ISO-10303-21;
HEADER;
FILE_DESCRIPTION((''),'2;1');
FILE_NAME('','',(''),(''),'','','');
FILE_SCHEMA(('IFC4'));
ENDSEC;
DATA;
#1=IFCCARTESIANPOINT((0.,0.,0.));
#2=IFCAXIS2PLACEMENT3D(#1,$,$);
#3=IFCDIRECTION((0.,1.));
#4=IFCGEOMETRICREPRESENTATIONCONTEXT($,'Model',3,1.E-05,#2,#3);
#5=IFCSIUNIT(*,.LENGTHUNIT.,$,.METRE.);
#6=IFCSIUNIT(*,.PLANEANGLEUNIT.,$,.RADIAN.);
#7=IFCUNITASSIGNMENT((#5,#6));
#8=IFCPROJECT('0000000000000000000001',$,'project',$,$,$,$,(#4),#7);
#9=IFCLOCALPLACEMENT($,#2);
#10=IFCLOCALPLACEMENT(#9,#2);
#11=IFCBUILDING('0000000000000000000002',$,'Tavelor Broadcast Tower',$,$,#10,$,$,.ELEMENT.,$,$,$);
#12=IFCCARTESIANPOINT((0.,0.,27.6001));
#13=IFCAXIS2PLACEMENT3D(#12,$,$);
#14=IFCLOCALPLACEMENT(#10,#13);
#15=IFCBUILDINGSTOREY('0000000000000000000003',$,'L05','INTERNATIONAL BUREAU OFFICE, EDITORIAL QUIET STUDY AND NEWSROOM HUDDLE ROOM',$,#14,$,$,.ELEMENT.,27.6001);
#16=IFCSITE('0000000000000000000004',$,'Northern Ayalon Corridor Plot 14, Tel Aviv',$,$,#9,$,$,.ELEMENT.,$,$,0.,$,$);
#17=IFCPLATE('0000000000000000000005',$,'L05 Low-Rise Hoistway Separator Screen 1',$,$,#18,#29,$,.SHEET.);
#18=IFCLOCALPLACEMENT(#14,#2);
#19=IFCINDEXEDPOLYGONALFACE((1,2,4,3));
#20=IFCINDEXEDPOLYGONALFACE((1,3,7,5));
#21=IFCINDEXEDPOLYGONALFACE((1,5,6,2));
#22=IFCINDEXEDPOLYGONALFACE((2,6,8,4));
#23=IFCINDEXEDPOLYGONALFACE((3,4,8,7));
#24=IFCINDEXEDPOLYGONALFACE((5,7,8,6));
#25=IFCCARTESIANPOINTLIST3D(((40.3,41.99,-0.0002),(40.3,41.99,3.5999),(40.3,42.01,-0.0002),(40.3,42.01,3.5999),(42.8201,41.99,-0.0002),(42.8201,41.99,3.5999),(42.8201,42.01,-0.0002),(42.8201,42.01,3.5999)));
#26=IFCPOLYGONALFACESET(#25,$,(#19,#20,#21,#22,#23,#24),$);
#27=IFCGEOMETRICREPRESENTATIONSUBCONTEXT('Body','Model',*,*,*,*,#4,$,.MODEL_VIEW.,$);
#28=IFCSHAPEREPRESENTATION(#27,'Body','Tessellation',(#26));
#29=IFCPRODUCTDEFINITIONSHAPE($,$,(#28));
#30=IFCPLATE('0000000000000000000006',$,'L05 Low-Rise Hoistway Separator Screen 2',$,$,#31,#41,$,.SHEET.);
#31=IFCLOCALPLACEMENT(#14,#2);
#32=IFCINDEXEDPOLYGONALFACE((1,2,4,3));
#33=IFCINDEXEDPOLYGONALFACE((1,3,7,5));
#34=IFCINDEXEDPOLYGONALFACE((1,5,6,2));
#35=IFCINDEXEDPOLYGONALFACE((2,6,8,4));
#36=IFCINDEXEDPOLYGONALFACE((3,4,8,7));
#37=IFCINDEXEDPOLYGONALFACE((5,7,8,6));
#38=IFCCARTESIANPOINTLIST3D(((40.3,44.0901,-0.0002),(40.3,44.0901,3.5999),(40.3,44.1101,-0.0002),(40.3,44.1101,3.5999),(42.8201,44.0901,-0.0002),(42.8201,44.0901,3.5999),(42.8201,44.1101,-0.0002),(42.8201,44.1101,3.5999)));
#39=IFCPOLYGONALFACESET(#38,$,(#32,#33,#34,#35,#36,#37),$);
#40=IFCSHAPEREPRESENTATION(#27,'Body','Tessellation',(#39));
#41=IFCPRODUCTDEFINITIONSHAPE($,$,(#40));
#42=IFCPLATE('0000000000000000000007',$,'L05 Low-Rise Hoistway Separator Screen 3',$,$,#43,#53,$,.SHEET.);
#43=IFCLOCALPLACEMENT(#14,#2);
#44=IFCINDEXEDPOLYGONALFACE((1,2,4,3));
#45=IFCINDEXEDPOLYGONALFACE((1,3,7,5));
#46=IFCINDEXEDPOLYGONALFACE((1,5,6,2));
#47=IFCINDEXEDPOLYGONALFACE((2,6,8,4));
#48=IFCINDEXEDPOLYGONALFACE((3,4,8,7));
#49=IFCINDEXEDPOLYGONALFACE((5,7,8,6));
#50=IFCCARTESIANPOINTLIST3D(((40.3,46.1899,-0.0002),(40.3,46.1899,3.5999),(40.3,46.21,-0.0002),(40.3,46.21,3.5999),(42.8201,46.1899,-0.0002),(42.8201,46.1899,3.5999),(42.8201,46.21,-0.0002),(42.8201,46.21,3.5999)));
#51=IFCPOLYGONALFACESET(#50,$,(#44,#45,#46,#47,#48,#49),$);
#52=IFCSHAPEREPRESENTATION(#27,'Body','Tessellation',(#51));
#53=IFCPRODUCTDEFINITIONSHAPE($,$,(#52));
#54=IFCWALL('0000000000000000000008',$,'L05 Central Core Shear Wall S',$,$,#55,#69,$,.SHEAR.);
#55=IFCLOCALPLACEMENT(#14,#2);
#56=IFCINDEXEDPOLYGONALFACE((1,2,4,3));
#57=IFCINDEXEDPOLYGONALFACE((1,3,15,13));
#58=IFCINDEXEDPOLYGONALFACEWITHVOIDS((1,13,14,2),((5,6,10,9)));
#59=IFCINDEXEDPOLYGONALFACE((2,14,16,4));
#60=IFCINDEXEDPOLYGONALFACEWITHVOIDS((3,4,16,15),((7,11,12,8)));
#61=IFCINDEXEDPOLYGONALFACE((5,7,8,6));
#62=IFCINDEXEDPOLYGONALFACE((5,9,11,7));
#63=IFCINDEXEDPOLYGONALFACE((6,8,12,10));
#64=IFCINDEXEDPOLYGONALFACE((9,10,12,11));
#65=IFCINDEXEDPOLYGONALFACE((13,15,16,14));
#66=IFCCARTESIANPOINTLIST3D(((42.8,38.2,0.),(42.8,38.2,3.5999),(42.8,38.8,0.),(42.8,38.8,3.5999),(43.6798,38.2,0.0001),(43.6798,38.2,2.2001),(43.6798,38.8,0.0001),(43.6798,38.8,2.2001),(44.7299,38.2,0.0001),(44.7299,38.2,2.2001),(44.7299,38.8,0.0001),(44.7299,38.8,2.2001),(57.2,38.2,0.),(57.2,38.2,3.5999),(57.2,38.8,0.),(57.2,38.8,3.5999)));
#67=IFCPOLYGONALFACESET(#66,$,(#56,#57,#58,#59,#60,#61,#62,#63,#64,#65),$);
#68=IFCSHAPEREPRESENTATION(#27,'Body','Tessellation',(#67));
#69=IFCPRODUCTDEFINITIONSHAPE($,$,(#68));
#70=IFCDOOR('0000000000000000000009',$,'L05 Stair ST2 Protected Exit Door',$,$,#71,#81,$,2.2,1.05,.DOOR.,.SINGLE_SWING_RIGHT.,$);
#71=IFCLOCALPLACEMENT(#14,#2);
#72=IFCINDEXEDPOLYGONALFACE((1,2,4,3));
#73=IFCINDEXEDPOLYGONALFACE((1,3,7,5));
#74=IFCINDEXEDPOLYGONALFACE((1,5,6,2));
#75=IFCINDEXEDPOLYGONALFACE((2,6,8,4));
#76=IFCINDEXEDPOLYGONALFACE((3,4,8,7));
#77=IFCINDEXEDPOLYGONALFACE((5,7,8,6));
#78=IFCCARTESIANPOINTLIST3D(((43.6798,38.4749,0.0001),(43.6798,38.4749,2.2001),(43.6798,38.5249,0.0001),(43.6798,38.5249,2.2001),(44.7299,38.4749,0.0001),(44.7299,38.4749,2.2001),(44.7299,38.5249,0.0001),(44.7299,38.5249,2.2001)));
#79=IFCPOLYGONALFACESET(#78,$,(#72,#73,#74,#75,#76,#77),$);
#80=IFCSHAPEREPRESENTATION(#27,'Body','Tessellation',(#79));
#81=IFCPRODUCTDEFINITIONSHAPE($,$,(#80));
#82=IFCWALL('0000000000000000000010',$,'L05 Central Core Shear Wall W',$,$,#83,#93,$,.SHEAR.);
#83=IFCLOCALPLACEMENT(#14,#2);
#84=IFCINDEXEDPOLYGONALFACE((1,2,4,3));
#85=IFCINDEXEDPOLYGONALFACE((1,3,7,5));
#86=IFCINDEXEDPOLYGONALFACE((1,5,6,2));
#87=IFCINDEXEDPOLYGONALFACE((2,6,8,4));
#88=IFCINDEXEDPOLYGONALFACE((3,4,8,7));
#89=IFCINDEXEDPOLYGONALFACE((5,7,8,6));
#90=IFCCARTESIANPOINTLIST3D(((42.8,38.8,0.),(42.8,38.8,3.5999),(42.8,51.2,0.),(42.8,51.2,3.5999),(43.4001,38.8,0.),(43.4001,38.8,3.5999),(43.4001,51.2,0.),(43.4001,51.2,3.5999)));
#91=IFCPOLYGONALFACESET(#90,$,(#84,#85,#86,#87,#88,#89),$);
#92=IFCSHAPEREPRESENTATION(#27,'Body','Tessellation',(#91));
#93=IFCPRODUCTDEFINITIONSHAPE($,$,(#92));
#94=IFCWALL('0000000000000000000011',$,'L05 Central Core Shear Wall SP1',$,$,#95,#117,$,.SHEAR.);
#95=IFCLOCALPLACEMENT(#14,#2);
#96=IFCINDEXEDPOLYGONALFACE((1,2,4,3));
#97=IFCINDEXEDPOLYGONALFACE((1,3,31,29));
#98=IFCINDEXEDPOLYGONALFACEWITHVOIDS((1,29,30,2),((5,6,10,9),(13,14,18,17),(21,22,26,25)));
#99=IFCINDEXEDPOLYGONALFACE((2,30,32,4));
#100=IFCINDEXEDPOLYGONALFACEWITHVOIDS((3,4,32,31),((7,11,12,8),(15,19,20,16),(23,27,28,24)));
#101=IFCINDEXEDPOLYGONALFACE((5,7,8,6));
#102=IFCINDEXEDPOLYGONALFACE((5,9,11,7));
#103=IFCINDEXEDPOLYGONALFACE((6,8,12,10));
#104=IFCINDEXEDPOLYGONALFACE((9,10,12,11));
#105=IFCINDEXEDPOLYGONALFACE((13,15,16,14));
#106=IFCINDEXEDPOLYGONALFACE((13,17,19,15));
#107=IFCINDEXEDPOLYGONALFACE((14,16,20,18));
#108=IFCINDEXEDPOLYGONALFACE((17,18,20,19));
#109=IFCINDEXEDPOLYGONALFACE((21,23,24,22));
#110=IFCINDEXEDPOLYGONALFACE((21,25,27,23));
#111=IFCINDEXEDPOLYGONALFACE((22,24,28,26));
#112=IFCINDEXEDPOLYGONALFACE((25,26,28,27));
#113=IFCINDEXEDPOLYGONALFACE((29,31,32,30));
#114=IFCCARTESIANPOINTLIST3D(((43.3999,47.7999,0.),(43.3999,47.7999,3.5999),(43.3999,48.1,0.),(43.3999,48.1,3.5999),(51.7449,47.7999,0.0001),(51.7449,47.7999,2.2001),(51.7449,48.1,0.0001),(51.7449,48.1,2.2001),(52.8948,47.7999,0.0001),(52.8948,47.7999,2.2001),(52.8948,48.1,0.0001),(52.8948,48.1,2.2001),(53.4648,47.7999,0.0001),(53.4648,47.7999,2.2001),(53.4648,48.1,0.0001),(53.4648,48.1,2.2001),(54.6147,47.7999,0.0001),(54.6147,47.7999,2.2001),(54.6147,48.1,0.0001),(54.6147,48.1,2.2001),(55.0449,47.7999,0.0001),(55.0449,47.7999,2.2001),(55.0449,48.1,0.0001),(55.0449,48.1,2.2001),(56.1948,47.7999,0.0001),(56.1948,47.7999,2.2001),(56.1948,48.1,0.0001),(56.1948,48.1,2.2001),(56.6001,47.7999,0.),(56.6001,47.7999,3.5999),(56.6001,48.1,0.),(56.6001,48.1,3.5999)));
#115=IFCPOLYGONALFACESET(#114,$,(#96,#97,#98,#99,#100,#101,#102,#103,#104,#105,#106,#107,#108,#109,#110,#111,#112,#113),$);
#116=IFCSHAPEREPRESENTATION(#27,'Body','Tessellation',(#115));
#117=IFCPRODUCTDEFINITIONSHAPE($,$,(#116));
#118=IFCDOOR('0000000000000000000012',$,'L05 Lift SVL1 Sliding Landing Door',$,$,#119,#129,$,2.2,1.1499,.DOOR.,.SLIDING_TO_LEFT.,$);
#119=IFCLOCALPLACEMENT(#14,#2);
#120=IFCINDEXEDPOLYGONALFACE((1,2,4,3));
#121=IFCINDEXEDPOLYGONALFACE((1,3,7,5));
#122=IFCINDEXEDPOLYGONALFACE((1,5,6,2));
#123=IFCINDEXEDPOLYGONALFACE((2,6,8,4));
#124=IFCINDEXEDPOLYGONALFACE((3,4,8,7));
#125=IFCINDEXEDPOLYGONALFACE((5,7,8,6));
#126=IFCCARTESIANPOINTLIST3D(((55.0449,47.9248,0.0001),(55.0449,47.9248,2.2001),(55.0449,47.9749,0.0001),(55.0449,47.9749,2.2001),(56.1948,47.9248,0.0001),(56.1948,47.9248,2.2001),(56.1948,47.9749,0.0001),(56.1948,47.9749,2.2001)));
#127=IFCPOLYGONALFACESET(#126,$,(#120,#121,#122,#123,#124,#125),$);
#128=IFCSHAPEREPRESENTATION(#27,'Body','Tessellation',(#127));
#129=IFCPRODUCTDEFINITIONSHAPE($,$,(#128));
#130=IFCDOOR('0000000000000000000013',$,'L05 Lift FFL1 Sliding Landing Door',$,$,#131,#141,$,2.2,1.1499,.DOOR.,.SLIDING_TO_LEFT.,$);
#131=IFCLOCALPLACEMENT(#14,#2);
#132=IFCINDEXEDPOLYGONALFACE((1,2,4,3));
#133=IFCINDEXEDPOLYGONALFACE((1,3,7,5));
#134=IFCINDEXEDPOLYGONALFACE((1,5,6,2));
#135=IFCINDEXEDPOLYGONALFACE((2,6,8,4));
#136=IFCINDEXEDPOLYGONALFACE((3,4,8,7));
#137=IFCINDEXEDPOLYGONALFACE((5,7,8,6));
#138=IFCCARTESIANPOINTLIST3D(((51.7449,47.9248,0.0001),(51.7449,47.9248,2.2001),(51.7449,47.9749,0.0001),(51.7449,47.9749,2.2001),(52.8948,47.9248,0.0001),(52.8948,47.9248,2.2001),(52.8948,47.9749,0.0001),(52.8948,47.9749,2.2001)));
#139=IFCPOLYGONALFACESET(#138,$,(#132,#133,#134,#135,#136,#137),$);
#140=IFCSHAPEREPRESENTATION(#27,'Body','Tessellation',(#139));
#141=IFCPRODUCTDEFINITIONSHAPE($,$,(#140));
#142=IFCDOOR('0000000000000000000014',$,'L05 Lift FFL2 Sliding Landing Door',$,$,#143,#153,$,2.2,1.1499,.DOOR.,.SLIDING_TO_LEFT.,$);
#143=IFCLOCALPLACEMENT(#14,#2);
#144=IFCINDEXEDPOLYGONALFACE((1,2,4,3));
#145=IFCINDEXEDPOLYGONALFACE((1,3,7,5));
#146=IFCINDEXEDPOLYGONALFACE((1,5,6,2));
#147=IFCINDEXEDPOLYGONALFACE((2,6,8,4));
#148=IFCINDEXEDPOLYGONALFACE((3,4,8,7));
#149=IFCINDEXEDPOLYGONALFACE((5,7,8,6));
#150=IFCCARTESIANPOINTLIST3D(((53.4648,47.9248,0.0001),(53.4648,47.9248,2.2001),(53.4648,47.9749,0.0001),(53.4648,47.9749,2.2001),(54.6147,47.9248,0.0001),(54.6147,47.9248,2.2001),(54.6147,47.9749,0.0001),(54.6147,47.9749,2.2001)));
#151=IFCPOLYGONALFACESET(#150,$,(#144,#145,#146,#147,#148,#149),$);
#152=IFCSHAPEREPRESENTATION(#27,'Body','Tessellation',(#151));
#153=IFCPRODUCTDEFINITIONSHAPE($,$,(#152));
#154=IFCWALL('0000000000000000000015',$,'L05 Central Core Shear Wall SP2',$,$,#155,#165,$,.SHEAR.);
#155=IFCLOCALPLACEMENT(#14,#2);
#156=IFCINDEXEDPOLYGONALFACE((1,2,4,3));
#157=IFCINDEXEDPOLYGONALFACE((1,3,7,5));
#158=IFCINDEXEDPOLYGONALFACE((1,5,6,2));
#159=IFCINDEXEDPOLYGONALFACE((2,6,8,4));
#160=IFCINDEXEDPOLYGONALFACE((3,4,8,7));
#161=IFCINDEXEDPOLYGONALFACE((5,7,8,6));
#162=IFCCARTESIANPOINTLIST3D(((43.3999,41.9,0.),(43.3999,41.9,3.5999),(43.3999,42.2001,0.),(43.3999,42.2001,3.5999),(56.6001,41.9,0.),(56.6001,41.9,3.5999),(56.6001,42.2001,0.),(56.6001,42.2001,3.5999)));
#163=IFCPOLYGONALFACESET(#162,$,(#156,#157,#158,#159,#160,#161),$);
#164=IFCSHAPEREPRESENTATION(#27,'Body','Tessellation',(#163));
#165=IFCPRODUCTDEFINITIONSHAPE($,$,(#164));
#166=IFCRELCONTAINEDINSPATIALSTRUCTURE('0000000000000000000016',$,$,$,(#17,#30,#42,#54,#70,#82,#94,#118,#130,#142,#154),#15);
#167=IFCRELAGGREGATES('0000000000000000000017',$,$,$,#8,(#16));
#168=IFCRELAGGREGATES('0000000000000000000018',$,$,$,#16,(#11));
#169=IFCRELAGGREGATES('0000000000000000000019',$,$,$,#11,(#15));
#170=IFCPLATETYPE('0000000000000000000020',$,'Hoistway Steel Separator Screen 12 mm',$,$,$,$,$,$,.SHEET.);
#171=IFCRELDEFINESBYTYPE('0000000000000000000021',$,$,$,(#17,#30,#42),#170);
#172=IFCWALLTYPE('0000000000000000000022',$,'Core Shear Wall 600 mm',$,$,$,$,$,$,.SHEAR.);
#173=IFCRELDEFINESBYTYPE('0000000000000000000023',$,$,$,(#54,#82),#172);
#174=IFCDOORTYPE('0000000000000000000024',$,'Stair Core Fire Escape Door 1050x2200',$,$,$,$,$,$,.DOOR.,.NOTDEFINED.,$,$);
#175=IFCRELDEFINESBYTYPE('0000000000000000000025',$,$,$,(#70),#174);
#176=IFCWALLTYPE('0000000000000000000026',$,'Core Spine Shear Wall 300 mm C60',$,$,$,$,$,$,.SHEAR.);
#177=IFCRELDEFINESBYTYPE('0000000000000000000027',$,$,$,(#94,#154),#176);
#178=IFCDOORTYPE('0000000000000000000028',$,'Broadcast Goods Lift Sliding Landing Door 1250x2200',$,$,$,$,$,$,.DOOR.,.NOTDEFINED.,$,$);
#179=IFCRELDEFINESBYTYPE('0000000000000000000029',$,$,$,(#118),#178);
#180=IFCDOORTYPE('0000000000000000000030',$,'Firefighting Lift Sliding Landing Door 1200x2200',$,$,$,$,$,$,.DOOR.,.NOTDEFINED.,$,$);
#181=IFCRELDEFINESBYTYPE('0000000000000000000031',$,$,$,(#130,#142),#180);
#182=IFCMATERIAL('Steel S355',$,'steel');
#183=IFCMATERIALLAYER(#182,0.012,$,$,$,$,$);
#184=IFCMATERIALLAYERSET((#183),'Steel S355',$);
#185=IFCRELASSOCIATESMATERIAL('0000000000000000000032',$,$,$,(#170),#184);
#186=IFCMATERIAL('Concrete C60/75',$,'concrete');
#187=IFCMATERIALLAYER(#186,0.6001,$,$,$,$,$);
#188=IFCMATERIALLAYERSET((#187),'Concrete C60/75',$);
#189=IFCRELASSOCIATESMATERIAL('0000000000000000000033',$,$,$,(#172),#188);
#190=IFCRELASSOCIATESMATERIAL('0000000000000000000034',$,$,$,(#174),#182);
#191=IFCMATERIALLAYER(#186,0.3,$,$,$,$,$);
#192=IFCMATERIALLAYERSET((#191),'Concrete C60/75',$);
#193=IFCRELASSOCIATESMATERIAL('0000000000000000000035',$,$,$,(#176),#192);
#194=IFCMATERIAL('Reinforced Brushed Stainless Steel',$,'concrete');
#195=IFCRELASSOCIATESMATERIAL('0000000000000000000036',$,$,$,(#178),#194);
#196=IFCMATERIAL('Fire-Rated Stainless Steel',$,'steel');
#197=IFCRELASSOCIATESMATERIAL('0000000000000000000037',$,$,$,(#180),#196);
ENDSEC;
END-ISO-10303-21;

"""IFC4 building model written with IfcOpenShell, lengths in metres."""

from ifc_helpers import new_model, si_unit, direction, frame, frame_2d, origin, origin_2d, place, context, subcontext, project, spatial, rectangle, extrude, source, transform, mapped, material, layer, layer_set, type_object, type_shapes, element, fill, save


model = new_model("IFC4")

# Units and contexts
model_context = context("Model", 3, precision=1e-05, world=origin(), true_north=direction((0.0, 1.0)))
body_context = subcontext(model_context, "Body", "Model", "MODEL_VIEW")
ifc_project = project(units=[si_unit("LENGTHUNIT", "METRE"), si_unit("PLANEANGLEUNIT", "RADIAN")], contexts=[model_context])

# Site, building, storey
site_placement = place(None, origin())
site = spatial("IfcSite", under=ifc_project, at=site_placement, Name="Northern Ayalon Corridor Plot 14, Tel Aviv", CompositionType="ELEMENT", RefElevation=0.0)
building_placement = place(site_placement, origin())
building = spatial("IfcBuilding", under=site, at=building_placement, Name="Tavelor Broadcast Tower", CompositionType="ELEMENT")
storey_placement = place(building_placement, frame((0.0, 0.0, 27.6001)))
storey = spatial("IfcBuildingStorey", under=building, at=storey_placement, Name="L05", Description="INTERNATIONAL BUREAU OFFICE, EDITORIAL QUIET STUDY AND NEWSROOM HUDDLE ROOM", CompositionType="ELEMENT", Elevation=27.6001)

# Shared definitions
ifc_material_1 = material(Name="Concrete C60/75", Category="concrete")

# Shared definitions
ifc_material_2 = material(Name="Steel S355", Category="steel")

# Plates
ifc_layer_1 = layer(ifc_material_2, 0.012)
ifc_layer_set_1 = layer_set([ifc_layer_1], Name="Steel S355")
plate_type = type_object("IfcPlateType", Name="Hoistway Steel Separator Screen 12 mm", PredefinedType="SHEET", material=ifc_layer_set_1)
shared_shape = source(origin(), body_context, "Body", "SweptSolid", [
    extrude(rectangle(XDim=2.52, YDim=0.02, at=origin_2d()), origin(), (0.0, 0.0, 1.0), 3.6001),
])
type_shapes(plate_type, [shared_shape])
for number, where, z_axis, x_axis, name in (
    (1, (41.5601, 42.0, -0.0002), (0.0, 0.0, 1.0), (1.0, 0.0, 0.0), "L05 Low-Rise Hoistway Separator Screen 1"),
    (2, (41.5601, 44.1001, -0.0002), (0.0, 0.0, 1.0), (1.0, 0.0, 0.0), "L05 Low-Rise Hoistway Separator Screen 2"),
    (3, (41.5601, 46.2, -0.0002), (0.0, 0.0, 1.0), (1.0, 0.0, 0.0), "L05 Low-Rise Hoistway Separator Screen 3"),
):
    element("IfcPlate", number, at=place(storey_placement, frame(where, z_axis=z_axis, x_axis=x_axis)), inside=storey, type_object=plate_type, Name=name, PredefinedType="SHEET", context=body_context, shape_type="MappedRepresentation", body=[
        mapped(shared_shape, transform((0.0, 0.0, 0.0), scale=1.0)),
    ])

# Wall, opening, door
ifc_layer_2 = layer(ifc_material_1, 0.6001)
ifc_layer_set_2 = layer_set([ifc_layer_2], Name="Concrete C60/75")
wall_type_1 = type_object("IfcWallType", Name="Core Shear Wall 600 mm", PredefinedType="SHEAR", material=ifc_layer_set_2)
wall_1_placement = place(storey_placement, frame((42.8, 38.5, 0.0), z_axis=(0.0, 0.0, 1.0), x_axis=(1.0, 0.0, 0.0)))
wall_1 = element("IfcWall", 4, at=wall_1_placement, inside=storey, type_object=wall_type_1, Name="L05 Central Core Shear Wall S", PredefinedType="SHEAR", context=body_context, shape_type="SweptSolid", body=[
    extrude(rectangle(XDim=14.3999, YDim=0.6001, at=frame_2d((7.2, 0.0))), origin(), (0.0, 0.0, 1.0), 3.5999),
])
opening_1_placement = place(wall_1_placement, frame((0.8799, 0.0, 0.0)))
opening_1 = element("IfcOpeningElement", 5, at=opening_1_placement, cuts=wall_1, PredefinedType="OPENING", context=body_context, shape_type="SweptSolid", body=[
    extrude(rectangle(XDim=1.05, YDim=2.2, at=frame_2d((0.5249, 1.1001))), frame((0.0, 0.3101, 0.0), z_axis=(0.0, -1.0, 0.0), x_axis=(1.0, 0.0, 0.0)), (0.0, 0.0, 1.0), 0.6201),
])
door_type_1 = type_object("IfcDoorType", Name="Stair Core Fire Escape Door 1050x2200", OperationType="NOTDEFINED", PredefinedType="DOOR", material=ifc_material_2)
door_1_placement = place(opening_1_placement, origin())
door_1 = element("IfcDoor", 6, at=door_1_placement, inside=storey, type_object=door_type_1, Name="L05 Stair ST2 Protected Exit Door", OperationType="SINGLE_SWING_RIGHT", OverallHeight=2.2, OverallWidth=1.05, PredefinedType="DOOR", context=body_context, shape_type="SweptSolid", body=[
    extrude(rectangle(XDim=1.05, YDim=2.2, at=frame_2d((0.5249, 1.1001))), frame((0.0, 0.0249, 0.0), z_axis=(0.0, -1.0, 0.0), x_axis=(1.0, 0.0, 0.0)), (0.0, 0.0, 1.0), 0.05),
])
fill(opening_1, door_1)

# Wall
wall_2_placement = place(storey_placement, frame((43.1001, 38.8, 0.0), z_axis=(0.0, 0.0, 1.0), x_axis=(0.0, 1.0, 0.0)))
element("IfcWall", 7, at=wall_2_placement, inside=storey, type_object=wall_type_1, Name="L05 Central Core Shear Wall W", PredefinedType="SHEAR", context=body_context, shape_type="SweptSolid", body=[
    extrude(rectangle(XDim=12.3999, YDim=0.6001, at=frame_2d((6.2, 0.0))), origin(), (0.0, 0.0, 1.0), 3.5999),
])

# Wall, openings, doors
ifc_layer_3 = layer(ifc_material_1, 0.3)
ifc_layer_set_3 = layer_set([ifc_layer_3], Name="Concrete C60/75")
wall_type_2 = type_object("IfcWallType", Name="Core Spine Shear Wall 300 mm C60", PredefinedType="SHEAR", material=ifc_layer_set_3)
wall_3_placement = place(storey_placement, frame((43.3999, 47.95, 0.0), z_axis=(0.0, 0.0, 1.0), x_axis=(1.0, 0.0, 0.0)))
wall_3 = element("IfcWall", 8, at=wall_3_placement, inside=storey, type_object=wall_type_2, Name="L05 Central Core Shear Wall SP1", PredefinedType="SHEAR", context=body_context, shape_type="SweptSolid", body=[
    extrude(rectangle(XDim=13.2002, YDim=0.3, at=frame_2d((6.6001, 0.0))), origin(), (0.0, 0.0, 1.0), 3.5999),
])
opening_2_placement = place(wall_3_placement, frame((8.345, 0.0, 0.0)))
opening_2 = element("IfcOpeningElement", 9, at=opening_2_placement, cuts=wall_3, PredefinedType="OPENING", context=body_context, shape_type="SweptSolid", body=[
    extrude(rectangle(XDim=1.1499, YDim=2.2, at=frame_2d((0.575, 1.1001))), frame((0.0, 0.1602, 0.0), z_axis=(0.0, -1.0, 0.0), x_axis=(1.0, 0.0, 0.0)), (0.0, 0.0, 1.0), 0.3201),
])
opening_3_placement = place(wall_3_placement, frame((10.0649, 0.0, 0.0)))
opening_3 = element("IfcOpeningElement", 10, at=opening_3_placement, cuts=wall_3, PredefinedType="OPENING", context=body_context, shape_type="SweptSolid", body=[
    extrude(rectangle(XDim=1.1499, YDim=2.2, at=frame_2d((0.575, 1.1001))), frame((0.0, 0.1602, 0.0), z_axis=(0.0, -1.0, 0.0), x_axis=(1.0, 0.0, 0.0)), (0.0, 0.0, 1.0), 0.3201),
])
opening_4_placement = place(wall_3_placement, frame((11.645, 0.0, 0.0)))
opening_4 = element("IfcOpeningElement", 11, at=opening_4_placement, cuts=wall_3, PredefinedType="OPENING", context=body_context, shape_type="SweptSolid", body=[
    extrude(rectangle(XDim=1.1499, YDim=2.2, at=frame_2d((0.575, 1.1001))), frame((0.0, 0.1602, 0.0), z_axis=(0.0, -1.0, 0.0), x_axis=(1.0, 0.0, 0.0)), (0.0, 0.0, 1.0), 0.3201),
])
ifc_material_3 = material(Name="Reinforced Brushed Stainless Steel", Category="concrete")
door_type_2 = type_object("IfcDoorType", Name="Broadcast Goods Lift Sliding Landing Door 1250x2200", OperationType="NOTDEFINED", PredefinedType="DOOR", material=ifc_material_3)
door_2_placement = place(opening_4_placement, origin())
door_2 = element("IfcDoor", 12, at=door_2_placement, inside=storey, type_object=door_type_2, Name="L05 Lift SVL1 Sliding Landing Door", OperationType="SLIDING_TO_LEFT", OverallHeight=2.2, OverallWidth=1.1499, PredefinedType="DOOR", context=body_context, shape_type="SweptSolid", body=[
    extrude(rectangle(XDim=1.1499, YDim=2.2, at=frame_2d((0.575, 1.1001))), frame((0.0, 0.0249, 0.0), z_axis=(0.0, -1.0, 0.0), x_axis=(1.0, 0.0, 0.0)), (0.0, 0.0, 1.0), 0.05),
])
fill(opening_4, door_2)
ifc_material_4 = material(Name="Fire-Rated Stainless Steel", Category="steel")
door_type_3 = type_object("IfcDoorType", Name="Firefighting Lift Sliding Landing Door 1200x2200", OperationType="NOTDEFINED", PredefinedType="DOOR", material=ifc_material_4)
door_3_placement = place(opening_2_placement, origin())
door_3 = element("IfcDoor", 13, at=door_3_placement, inside=storey, type_object=door_type_3, Name="L05 Lift FFL1 Sliding Landing Door", OperationType="SLIDING_TO_LEFT", OverallHeight=2.2, OverallWidth=1.1499, PredefinedType="DOOR", context=body_context, shape_type="SweptSolid", body=[
    extrude(rectangle(XDim=1.1499, YDim=2.2, at=frame_2d((0.575, 1.1001))), frame((0.0, 0.0249, 0.0), z_axis=(0.0, -1.0, 0.0), x_axis=(1.0, 0.0, 0.0)), (0.0, 0.0, 1.0), 0.05),
])
fill(opening_2, door_3)
door_4_placement = place(opening_3_placement, origin())
door_4 = element("IfcDoor", 14, at=door_4_placement, inside=storey, type_object=door_type_3, Name="L05 Lift FFL2 Sliding Landing Door", OperationType="SLIDING_TO_LEFT", OverallHeight=2.2, OverallWidth=1.1499, PredefinedType="DOOR", context=body_context, shape_type="SweptSolid", body=[
    extrude(rectangle(XDim=1.1499, YDim=2.2, at=frame_2d((0.575, 1.1001))), frame((0.0, 0.0249, 0.0), z_axis=(0.0, -1.0, 0.0), x_axis=(1.0, 0.0, 0.0)), (0.0, 0.0, 1.0), 0.05),
])
fill(opening_3, door_4)

# Wall
wall_4_placement = place(storey_placement, frame((43.3999, 42.05, 0.0), z_axis=(0.0, 0.0, 1.0), x_axis=(1.0, 0.0, 0.0)))
element("IfcWall", 15, at=wall_4_placement, inside=storey, type_object=wall_type_2, Name="L05 Central Core Shear Wall SP2", PredefinedType="SHEAR", context=body_context, shape_type="SweptSolid", body=[
    extrude(rectangle(XDim=13.2002, YDim=0.3, at=frame_2d((6.6001, 0.0))), origin(), (0.0, 0.0, 1.0), 3.5999),
])

save(model, "model.ifc")
